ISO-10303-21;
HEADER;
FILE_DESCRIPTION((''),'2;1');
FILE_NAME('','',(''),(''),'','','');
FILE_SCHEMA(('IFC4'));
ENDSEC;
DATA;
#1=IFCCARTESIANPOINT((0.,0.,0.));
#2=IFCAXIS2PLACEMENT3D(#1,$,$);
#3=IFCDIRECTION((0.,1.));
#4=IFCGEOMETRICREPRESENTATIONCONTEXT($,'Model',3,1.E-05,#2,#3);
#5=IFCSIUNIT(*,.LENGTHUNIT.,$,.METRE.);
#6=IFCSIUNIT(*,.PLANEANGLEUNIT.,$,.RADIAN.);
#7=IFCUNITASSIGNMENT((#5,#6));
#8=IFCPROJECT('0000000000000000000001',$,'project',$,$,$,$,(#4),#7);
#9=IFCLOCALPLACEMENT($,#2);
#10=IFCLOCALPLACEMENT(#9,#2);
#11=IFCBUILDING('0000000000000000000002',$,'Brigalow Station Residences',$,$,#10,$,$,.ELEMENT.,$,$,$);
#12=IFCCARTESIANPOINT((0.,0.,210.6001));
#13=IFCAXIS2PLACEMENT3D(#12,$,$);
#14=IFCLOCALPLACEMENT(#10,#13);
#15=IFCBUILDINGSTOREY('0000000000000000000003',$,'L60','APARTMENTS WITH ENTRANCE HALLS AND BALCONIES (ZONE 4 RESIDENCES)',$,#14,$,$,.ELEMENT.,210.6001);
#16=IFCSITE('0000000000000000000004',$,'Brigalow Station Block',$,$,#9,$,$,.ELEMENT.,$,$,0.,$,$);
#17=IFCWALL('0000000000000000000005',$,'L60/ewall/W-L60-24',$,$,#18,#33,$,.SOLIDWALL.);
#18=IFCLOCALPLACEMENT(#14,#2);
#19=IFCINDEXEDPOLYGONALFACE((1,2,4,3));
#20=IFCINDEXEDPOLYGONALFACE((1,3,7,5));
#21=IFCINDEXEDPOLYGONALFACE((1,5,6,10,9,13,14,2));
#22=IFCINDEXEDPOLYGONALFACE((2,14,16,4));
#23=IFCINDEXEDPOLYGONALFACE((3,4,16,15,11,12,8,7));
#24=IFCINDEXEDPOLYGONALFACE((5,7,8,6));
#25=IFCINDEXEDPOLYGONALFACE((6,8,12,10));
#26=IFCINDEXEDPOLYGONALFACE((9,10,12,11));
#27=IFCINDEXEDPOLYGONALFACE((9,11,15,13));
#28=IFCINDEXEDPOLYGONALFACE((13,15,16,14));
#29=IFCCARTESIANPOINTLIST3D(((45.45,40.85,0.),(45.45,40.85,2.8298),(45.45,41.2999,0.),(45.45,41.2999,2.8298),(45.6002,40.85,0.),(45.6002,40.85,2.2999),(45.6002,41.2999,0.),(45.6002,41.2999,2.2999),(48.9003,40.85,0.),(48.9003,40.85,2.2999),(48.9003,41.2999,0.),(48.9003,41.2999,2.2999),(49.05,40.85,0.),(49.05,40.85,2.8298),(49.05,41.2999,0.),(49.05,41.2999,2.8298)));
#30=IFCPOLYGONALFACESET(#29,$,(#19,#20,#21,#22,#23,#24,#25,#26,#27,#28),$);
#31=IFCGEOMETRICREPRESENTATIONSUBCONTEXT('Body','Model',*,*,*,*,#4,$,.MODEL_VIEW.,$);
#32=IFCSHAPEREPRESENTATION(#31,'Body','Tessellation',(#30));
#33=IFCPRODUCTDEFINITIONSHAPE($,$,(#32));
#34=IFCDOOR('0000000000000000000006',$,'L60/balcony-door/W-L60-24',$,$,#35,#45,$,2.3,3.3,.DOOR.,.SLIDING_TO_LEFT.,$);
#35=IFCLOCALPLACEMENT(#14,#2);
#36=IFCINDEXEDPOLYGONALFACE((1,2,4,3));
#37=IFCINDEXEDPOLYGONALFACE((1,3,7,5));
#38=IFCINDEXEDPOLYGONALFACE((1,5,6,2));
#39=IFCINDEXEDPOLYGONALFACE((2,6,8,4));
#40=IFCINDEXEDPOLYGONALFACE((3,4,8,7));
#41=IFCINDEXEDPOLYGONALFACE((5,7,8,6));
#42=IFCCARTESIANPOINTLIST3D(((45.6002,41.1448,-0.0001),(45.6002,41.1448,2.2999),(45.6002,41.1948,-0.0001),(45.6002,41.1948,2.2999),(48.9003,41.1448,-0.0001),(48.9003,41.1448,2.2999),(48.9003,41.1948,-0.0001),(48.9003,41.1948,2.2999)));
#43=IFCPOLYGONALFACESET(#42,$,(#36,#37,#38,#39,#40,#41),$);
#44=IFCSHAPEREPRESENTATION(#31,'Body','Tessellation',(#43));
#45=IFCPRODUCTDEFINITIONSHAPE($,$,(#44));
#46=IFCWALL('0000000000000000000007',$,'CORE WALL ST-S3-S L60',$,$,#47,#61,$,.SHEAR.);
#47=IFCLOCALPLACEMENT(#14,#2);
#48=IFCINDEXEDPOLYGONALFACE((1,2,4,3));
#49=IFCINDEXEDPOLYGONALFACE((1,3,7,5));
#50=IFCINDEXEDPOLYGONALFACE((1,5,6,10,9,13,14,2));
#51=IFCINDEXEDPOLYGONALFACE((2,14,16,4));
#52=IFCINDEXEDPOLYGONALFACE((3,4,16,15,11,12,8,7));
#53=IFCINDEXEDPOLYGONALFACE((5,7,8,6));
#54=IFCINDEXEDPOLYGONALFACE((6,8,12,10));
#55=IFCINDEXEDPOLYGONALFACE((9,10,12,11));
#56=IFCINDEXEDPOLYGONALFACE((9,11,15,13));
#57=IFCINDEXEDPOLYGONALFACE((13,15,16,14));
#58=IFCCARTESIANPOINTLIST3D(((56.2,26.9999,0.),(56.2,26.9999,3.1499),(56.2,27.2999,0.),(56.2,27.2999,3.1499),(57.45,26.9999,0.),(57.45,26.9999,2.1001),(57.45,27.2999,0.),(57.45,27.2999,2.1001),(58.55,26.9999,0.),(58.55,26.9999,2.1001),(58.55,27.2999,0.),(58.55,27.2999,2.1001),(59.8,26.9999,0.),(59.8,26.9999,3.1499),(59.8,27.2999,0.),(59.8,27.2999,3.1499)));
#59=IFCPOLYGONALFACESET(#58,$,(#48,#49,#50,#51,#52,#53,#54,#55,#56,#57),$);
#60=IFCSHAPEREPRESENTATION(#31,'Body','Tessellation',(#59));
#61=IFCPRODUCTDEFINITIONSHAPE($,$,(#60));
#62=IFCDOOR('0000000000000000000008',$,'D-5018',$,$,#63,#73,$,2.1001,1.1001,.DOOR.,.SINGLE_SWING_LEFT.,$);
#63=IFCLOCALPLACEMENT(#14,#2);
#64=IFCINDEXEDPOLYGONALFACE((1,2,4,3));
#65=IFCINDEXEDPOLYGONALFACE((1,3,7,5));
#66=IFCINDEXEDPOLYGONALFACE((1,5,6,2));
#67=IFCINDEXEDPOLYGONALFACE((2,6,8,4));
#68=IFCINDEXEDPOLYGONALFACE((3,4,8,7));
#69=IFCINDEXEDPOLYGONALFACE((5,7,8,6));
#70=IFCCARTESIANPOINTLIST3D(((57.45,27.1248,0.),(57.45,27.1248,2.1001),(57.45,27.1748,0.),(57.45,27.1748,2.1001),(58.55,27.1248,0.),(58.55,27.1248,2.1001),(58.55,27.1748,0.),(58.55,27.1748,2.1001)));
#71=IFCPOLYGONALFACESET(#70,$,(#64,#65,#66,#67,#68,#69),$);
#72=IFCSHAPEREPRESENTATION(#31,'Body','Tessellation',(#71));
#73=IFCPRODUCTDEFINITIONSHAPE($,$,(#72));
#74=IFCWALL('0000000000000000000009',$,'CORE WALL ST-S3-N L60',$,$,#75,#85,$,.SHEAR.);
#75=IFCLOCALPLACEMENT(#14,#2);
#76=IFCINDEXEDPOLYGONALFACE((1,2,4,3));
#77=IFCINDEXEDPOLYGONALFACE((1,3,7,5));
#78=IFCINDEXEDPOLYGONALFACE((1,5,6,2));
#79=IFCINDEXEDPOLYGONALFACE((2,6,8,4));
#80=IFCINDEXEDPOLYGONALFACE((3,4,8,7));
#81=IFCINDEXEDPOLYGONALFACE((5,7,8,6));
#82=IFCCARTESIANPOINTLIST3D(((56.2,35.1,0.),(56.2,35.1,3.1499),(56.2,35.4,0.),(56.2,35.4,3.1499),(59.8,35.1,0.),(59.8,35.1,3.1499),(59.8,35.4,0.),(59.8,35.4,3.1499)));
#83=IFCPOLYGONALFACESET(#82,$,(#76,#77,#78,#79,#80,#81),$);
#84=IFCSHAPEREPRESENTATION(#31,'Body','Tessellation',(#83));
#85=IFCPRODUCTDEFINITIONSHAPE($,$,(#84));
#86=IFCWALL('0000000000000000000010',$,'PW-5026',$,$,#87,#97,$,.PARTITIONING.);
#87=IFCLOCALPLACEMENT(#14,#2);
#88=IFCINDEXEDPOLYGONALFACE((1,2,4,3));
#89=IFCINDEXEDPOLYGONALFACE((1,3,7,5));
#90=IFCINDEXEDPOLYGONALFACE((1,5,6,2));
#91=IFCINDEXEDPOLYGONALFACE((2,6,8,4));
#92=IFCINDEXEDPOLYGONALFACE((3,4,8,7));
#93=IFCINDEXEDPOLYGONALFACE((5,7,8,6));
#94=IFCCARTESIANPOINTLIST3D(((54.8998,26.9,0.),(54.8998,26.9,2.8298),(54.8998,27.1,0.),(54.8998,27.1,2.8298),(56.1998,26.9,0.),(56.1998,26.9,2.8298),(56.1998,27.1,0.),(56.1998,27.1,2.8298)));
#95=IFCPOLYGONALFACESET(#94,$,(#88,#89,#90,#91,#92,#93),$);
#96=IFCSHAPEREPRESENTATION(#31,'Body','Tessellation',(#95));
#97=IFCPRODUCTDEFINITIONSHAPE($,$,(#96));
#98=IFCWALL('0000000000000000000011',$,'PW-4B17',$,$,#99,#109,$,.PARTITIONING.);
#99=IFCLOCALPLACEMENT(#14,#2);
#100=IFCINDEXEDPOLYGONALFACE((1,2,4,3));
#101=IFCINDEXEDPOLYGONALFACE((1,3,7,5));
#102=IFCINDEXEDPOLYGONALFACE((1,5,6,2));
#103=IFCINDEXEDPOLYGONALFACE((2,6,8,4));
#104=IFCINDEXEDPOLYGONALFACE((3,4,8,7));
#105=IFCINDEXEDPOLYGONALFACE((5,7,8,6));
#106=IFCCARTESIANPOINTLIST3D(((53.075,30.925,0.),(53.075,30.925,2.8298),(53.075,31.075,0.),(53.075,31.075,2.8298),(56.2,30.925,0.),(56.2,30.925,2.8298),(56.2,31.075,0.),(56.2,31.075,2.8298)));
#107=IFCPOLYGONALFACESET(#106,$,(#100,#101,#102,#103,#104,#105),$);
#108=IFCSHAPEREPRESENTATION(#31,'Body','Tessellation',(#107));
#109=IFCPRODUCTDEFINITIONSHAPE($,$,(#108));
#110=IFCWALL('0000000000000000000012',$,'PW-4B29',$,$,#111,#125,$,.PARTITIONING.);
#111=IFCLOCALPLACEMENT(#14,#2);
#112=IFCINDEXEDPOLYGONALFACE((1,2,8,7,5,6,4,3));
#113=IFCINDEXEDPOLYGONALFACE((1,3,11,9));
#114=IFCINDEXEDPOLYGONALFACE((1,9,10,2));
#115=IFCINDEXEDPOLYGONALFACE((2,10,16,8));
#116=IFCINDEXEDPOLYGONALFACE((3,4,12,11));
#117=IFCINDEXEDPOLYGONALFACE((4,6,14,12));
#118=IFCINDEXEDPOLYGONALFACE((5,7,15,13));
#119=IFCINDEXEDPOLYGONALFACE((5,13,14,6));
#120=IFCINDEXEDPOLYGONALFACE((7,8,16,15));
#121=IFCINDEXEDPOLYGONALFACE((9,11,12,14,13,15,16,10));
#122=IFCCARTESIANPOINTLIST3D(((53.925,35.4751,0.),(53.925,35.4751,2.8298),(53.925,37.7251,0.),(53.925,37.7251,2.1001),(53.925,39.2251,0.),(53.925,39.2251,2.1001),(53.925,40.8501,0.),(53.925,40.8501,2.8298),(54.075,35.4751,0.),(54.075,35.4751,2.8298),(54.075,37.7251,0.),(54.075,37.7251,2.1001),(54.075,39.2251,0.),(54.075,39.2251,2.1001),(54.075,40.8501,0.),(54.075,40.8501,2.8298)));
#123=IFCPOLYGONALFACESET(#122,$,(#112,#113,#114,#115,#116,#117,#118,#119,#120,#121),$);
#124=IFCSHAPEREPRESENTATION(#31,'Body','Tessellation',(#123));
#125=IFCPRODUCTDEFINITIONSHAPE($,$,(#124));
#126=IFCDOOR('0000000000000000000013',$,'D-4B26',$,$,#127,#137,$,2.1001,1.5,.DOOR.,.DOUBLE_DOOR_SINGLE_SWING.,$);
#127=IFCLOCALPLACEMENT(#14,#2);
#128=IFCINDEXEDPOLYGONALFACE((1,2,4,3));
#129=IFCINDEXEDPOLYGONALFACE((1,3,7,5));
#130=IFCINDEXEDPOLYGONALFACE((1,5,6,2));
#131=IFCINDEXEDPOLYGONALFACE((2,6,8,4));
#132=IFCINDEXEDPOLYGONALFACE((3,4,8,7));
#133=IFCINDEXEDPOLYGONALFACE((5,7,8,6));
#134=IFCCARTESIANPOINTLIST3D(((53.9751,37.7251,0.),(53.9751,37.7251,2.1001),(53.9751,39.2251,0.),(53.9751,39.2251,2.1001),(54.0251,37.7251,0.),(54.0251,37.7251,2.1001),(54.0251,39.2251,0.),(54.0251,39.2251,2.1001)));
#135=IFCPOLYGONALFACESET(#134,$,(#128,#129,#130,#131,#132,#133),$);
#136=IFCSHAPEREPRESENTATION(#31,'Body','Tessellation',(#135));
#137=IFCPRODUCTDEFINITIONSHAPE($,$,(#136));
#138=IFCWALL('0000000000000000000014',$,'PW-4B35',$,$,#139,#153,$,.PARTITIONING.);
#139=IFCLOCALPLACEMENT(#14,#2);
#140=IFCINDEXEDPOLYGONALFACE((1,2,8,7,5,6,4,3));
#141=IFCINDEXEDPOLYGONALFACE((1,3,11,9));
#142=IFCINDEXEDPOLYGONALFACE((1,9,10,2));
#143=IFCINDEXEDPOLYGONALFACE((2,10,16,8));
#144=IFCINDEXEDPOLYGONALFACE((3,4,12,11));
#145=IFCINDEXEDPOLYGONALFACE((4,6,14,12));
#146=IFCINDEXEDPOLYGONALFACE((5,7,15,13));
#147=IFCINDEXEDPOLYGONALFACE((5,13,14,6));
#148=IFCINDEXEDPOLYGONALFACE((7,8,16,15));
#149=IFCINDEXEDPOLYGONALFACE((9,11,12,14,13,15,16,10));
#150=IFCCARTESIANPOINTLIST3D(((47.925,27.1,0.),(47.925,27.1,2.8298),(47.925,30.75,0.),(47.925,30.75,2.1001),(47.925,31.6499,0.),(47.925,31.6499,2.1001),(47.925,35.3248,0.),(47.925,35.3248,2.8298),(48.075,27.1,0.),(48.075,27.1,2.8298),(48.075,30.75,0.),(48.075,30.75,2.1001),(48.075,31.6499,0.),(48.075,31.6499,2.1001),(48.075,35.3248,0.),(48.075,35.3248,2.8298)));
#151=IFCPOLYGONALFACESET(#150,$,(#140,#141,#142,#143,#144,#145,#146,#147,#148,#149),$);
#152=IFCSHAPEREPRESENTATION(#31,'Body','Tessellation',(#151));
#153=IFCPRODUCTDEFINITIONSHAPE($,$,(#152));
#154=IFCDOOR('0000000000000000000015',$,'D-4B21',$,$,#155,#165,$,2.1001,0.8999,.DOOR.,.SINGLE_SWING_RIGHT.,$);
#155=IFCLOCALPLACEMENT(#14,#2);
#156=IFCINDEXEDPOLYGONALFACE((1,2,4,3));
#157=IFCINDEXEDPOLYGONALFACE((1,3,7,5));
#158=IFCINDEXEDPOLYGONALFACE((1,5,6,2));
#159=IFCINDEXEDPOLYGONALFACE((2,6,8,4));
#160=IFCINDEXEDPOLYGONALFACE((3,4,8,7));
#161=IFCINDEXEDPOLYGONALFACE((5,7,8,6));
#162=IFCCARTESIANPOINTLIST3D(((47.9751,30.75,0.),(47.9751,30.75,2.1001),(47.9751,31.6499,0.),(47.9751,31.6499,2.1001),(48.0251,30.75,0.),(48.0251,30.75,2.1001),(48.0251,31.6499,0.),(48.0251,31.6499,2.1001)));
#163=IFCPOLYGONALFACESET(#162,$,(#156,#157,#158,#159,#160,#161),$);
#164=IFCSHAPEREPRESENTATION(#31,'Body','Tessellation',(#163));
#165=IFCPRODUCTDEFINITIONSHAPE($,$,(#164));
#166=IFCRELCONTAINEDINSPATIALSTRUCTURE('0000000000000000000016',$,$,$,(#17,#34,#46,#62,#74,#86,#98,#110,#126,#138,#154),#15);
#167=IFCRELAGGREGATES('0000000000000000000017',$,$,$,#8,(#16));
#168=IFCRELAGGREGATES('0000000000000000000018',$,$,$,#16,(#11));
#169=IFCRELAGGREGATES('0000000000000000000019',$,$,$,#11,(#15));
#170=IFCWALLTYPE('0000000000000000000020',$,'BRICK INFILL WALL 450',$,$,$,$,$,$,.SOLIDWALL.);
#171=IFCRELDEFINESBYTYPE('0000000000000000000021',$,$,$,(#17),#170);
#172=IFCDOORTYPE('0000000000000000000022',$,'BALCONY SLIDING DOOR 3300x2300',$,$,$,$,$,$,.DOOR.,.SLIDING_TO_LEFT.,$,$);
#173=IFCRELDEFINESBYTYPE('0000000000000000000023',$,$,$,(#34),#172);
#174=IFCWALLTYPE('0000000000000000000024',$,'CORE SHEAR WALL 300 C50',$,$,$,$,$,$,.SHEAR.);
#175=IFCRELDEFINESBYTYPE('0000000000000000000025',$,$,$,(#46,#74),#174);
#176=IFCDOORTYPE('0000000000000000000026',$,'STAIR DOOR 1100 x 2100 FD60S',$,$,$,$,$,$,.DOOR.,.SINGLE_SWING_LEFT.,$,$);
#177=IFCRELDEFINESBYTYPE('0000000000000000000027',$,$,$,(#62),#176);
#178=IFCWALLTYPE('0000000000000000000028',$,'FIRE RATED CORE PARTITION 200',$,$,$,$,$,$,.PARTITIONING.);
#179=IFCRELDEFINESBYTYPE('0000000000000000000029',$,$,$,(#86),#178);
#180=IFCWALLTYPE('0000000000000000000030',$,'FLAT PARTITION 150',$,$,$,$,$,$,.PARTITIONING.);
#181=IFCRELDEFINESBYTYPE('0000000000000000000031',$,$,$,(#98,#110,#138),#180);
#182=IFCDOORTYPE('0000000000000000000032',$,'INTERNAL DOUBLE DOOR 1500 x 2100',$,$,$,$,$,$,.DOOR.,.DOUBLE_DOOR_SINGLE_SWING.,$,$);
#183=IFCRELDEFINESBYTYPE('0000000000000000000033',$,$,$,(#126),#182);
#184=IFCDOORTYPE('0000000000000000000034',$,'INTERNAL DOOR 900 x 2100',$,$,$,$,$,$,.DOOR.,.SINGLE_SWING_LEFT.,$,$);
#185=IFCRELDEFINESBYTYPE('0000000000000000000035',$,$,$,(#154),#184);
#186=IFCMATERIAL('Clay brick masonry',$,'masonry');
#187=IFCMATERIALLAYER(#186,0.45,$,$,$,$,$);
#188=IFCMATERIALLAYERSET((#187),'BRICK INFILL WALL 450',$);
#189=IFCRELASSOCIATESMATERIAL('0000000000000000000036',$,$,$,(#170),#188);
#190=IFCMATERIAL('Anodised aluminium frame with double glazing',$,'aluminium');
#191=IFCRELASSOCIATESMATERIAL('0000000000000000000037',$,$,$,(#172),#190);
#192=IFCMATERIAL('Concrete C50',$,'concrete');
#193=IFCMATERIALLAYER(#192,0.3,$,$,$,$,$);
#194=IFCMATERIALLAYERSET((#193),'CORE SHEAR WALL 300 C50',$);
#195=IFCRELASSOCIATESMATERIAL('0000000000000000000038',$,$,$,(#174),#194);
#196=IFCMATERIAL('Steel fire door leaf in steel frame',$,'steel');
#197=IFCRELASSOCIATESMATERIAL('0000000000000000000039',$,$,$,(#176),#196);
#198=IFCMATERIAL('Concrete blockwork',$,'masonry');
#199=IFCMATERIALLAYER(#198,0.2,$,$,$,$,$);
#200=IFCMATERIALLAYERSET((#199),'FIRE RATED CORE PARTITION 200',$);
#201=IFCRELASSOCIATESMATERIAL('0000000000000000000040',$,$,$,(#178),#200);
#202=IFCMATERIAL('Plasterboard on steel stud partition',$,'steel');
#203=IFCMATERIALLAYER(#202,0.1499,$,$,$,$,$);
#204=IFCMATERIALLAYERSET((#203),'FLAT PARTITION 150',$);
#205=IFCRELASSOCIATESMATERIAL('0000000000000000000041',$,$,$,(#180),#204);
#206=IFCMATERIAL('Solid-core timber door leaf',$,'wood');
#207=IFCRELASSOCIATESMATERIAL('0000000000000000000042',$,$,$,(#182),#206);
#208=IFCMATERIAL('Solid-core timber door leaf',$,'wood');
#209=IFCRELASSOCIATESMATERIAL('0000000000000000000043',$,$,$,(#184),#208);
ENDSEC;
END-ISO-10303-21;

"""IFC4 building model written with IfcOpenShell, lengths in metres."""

from ifc_helpers import new_model, si_unit, direction, frame, frame_2d, origin, place, context, subcontext, project, spatial, rectangle, extrude, material, layer, layer_set, type_object, element, fill, save


model = new_model("IFC4")

# Units and contexts
model_context = context("Model", 3, precision=1e-05, world=origin(), true_north=direction((0.0, 1.0)))
body_context = subcontext(model_context, "Body", "Model", "MODEL_VIEW")
ifc_project = project(units=[si_unit("LENGTHUNIT", "METRE"), si_unit("PLANEANGLEUNIT", "RADIAN")], contexts=[model_context])

# Site, building, storey
site_placement = place(None, origin())
site = spatial("IfcSite", under=ifc_project, at=site_placement, Name="Brigalow Station Block", CompositionType="ELEMENT", RefElevation=0.0)
building_placement = place(site_placement, origin())
building = spatial("IfcBuilding", under=site, at=building_placement, Name="Brigalow Station Residences", CompositionType="ELEMENT")
storey_placement = place(building_placement, frame((0.0, 0.0, 210.6001)))
storey = spatial("IfcBuildingStorey", under=building, at=storey_placement, Name="L60", Description="APARTMENTS WITH ENTRANCE HALLS AND BALCONIES (ZONE 4 RESIDENCES)", CompositionType="ELEMENT", Elevation=210.6001)

# Walls, openings, doors
ifc_material_1 = material(Name="Clay brick masonry", Category="masonry")
ifc_layer_1 = layer(ifc_material_1, 0.45)
ifc_layer_set_1 = layer_set([ifc_layer_1], Name="BRICK INFILL WALL 450")
wall_type_1 = type_object("IfcWallType", Name="BRICK INFILL WALL 450", PredefinedType="SOLIDWALL", material=ifc_layer_set_1)
ifc_material_2 = material(Name="Anodised aluminium frame with double glazing", Category="aluminium")
door_type_1 = type_object("IfcDoorType", Name="BALCONY SLIDING DOOR 3300x2300", OperationType="SLIDING_TO_LEFT", PredefinedType="DOOR", material=ifc_material_2)
wall_1_placement = place(storey_placement, frame((49.05, 41.075, 0.0), z_axis=(0.0, 0.0, 1.0), x_axis=(-1.0, 0.0, 0.0)))
wall_1 = element("IfcWall", 1, at=wall_1_placement, inside=storey, type_object=wall_type_1, Name="L60/ewall/W-L60-24", PredefinedType="SOLIDWALL", context=body_context, shape_type="SweptSolid", body=[
    extrude(rectangle(XDim=3.6001, YDim=0.45, at=frame_2d((1.8, 0.0))), origin(), (0.0, 0.0, 1.0), 2.8298),
])
opening_1_placement = place(wall_1_placement, frame((0.1499, 0.0, 0.0)))
opening_1 = element("IfcOpeningElement", 2, at=opening_1_placement, cuts=wall_1, PredefinedType="OPENING", context=body_context, shape_type="SweptSolid", body=[
    extrude(rectangle(XDim=3.3, YDim=2.3, at=frame_2d((1.6499, 1.1499))), frame((0.0, 0.2349, 0.0), z_axis=(0.0, -1.0, 0.0), x_axis=(1.0, 0.0, 0.0)), (0.0, 0.0, 1.0), 0.47),
])
door_1_placement = place(opening_1_placement, origin())
door_1 = element("IfcDoor", 3, at=door_1_placement, inside=storey, type_object=door_type_1, Name="L60/balcony-door/W-L60-24", OperationType="SLIDING_TO_LEFT", OverallHeight=2.3, OverallWidth=3.3, PredefinedType="DOOR", context=body_context, shape_type="SweptSolid", body=[
    extrude(rectangle(XDim=3.3, YDim=2.3, at=frame_2d((1.6499, 1.1499))), frame((0.0, -0.0698, 0.0), z_axis=(0.0, -1.0, 0.0), x_axis=(1.0, 0.0, 0.0)), (0.0, 0.0, 1.0), 0.05),
])
fill(opening_1, door_1)
ifc_material_3 = material(Name="Concrete C50", Category="concrete")
ifc_layer_2 = layer(ifc_material_3, 0.3)
ifc_layer_set_2 = layer_set([ifc_layer_2], Name="CORE SHEAR WALL 300 C50")
wall_type_2 = type_object("IfcWallType", Name="CORE SHEAR WALL 300 C50", PredefinedType="SHEAR", material=ifc_layer_set_2)
wall_2_placement = place(storey_placement, frame((56.2, 27.1499, 0.0), z_axis=(0.0, 0.0, 1.0), x_axis=(1.0, 0.0, 0.0)))
wall_2 = element("IfcWall", 4, at=wall_2_placement, inside=storey, type_object=wall_type_2, Name="CORE WALL ST-S3-S L60", PredefinedType="SHEAR", context=body_context, shape_type="SweptSolid", body=[
    extrude(rectangle(XDim=3.6001, YDim=0.3, at=frame_2d((1.8, 0.0))), origin(), (0.0, 0.0, 1.0), 3.1499),
])
opening_2_placement = place(wall_2_placement, frame((1.25, 0.0, 0.0)))
opening_2 = element("IfcOpeningElement", 5, at=opening_2_placement, cuts=wall_2, PredefinedType="OPENING", context=body_context, shape_type="SweptSolid", body=[
    extrude(rectangle(XDim=1.1001, YDim=2.1001, at=frame_2d((0.55, 1.05))), frame((0.0, 0.1602, 0.0), z_axis=(0.0, -1.0, 0.0), x_axis=(1.0, 0.0, 0.0)), (0.0, 0.0, 1.0), 0.3201),
])
ifc_material_4 = material(Name="Steel fire door leaf in steel frame", Category="steel")
door_type_2 = type_object("IfcDoorType", Name="STAIR DOOR 1100 x 2100 FD60S", OperationType="SINGLE_SWING_LEFT", PredefinedType="DOOR", material=ifc_material_4)
door_2_placement = place(opening_2_placement, origin())
door_2 = element("IfcDoor", 6, at=door_2_placement, inside=storey, type_object=door_type_2, Name="D-5018", OperationType="SINGLE_SWING_LEFT", OverallHeight=2.1001, OverallWidth=1.1001, PredefinedType="DOOR", context=body_context, shape_type="SweptSolid", body=[
    extrude(rectangle(XDim=1.1001, YDim=2.1001, at=frame_2d((0.55, 1.05))), frame((0.0, 0.0249, 0.0), z_axis=(0.0, -1.0, 0.0), x_axis=(1.0, 0.0, 0.0)), (0.0, 0.0, 1.0), 0.05),
])
fill(opening_2, door_2)

# Walls
wall_3_placement = place(storey_placement, frame((56.2, 35.25, 0.0), z_axis=(0.0, 0.0, 1.0), x_axis=(1.0, 0.0, 0.0)))
element("IfcWall", 7, at=wall_3_placement, inside=storey, type_object=wall_type_2, Name="CORE WALL ST-S3-N L60", PredefinedType="SHEAR", context=body_context, shape_type="SweptSolid", body=[
    extrude(rectangle(XDim=3.6001, YDim=0.3, at=frame_2d((1.8, 0.0))), origin(), (0.0, 0.0, 1.0), 3.1499),
])
ifc_material_5 = material(Name="Concrete blockwork", Category="masonry")
ifc_layer_3 = layer(ifc_material_5, 0.2)
ifc_layer_set_3 = layer_set([ifc_layer_3], Name="FIRE RATED CORE PARTITION 200")
wall_type_3 = type_object("IfcWallType", Name="FIRE RATED CORE PARTITION 200", PredefinedType="PARTITIONING", material=ifc_layer_set_3)
wall_4_placement = place(storey_placement, frame((54.8999, 27.0, 0.0), z_axis=(0.0, 0.0, 1.0), x_axis=(1.0, 0.0, 0.0)))
element("IfcWall", 8, at=wall_4_placement, inside=storey, type_object=wall_type_3, Name="PW-5026", PredefinedType="PARTITIONING", context=body_context, shape_type="SweptSolid", body=[
    extrude(rectangle(XDim=1.3, YDim=0.2, at=frame_2d((0.6499, 0.0))), origin(), (0.0, 0.0, 1.0), 2.8298),
])
ifc_material_6 = material(Name="Plasterboard on steel stud partition", Category="steel")
ifc_layer_4 = layer(ifc_material_6, 0.1499)
ifc_layer_set_4 = layer_set([ifc_layer_4], Name="FLAT PARTITION 150")
wall_type_4 = type_object("IfcWallType", Name="FLAT PARTITION 150", PredefinedType="PARTITIONING", material=ifc_layer_set_4)
wall_5_placement = place(storey_placement, frame((53.075, 31.0, 0.0), z_axis=(0.0, 0.0, 1.0), x_axis=(1.0, 0.0, 0.0)))
element("IfcWall", 9, at=wall_5_placement, inside=storey, type_object=wall_type_4, Name="PW-4B17", PredefinedType="PARTITIONING", context=body_context, shape_type="SweptSolid", body=[
    extrude(rectangle(XDim=3.125, YDim=0.1499, at=frame_2d((1.5625, 0.0))), origin(), (0.0, 0.0, 1.0), 2.8298),
])

# Walls, openings, doors
wall_6_placement = place(storey_placement, frame((54.0, 35.4751, 0.0), z_axis=(0.0, 0.0, 1.0), x_axis=(0.0, 1.0, 0.0)))
wall_6 = element("IfcWall", 10, at=wall_6_placement, inside=storey, type_object=wall_type_4, Name="PW-4B29", PredefinedType="PARTITIONING", context=body_context, shape_type="SweptSolid", body=[
    extrude(rectangle(XDim=5.375, YDim=0.1499, at=frame_2d((2.6875, 0.0))), origin(), (0.0, 0.0, 1.0), 2.8298),
])
opening_3_placement = place(wall_6_placement, frame((2.25, 0.0, 0.0)))
opening_3 = element("IfcOpeningElement", 11, at=opening_3_placement, cuts=wall_6, PredefinedType="OPENING", context=body_context, shape_type="SweptSolid", body=[
    extrude(rectangle(XDim=1.5, YDim=2.1001, at=frame_2d((0.75, 1.05))), frame((0.0, 0.085, 0.0), z_axis=(0.0, -1.0, 0.0), x_axis=(1.0, 0.0, 0.0)), (0.0, 0.0, 1.0), 0.1699),
])
ifc_material_7 = material(Name="Solid-core timber door leaf", Category="wood")
door_type_3 = type_object("IfcDoorType", Name="INTERNAL DOUBLE DOOR 1500 x 2100", OperationType="DOUBLE_DOOR_SINGLE_SWING", PredefinedType="DOOR", material=ifc_material_7)
door_3_placement = place(opening_3_placement, origin())
door_3 = element("IfcDoor", 12, at=door_3_placement, inside=storey, type_object=door_type_3, Name="D-4B26", OperationType="DOUBLE_DOOR_SINGLE_SWING", OverallHeight=2.1001, OverallWidth=1.5, PredefinedType="DOOR", context=body_context, shape_type="SweptSolid", body=[
    extrude(rectangle(XDim=1.5, YDim=2.1001, at=frame_2d((0.75, 1.05))), frame((0.0, 0.0249, 0.0), z_axis=(0.0, -1.0, 0.0), x_axis=(1.0, 0.0, 0.0)), (0.0, 0.0, 1.0), 0.05),
])
fill(opening_3, door_3)
wall_7_placement = place(storey_placement, frame((48.0, 27.1001, 0.0), z_axis=(0.0, 0.0, 1.0), x_axis=(0.0, 1.0, 0.0)))
wall_7 = element("IfcWall", 13, at=wall_7_placement, inside=storey, type_object=wall_type_4, Name="PW-4B35", PredefinedType="PARTITIONING", context=body_context, shape_type="SweptSolid", body=[
    extrude(rectangle(XDim=8.2249, YDim=0.1499, at=frame_2d((4.1123, 0.0))), origin(), (0.0, 0.0, 1.0), 2.8298),
])
opening_4_placement = place(wall_7_placement, frame((3.6499, 0.0, 0.0)))
opening_4 = element("IfcOpeningElement", 14, at=opening_4_placement, cuts=wall_7, PredefinedType="OPENING", context=body_context, shape_type="SweptSolid", body=[
    extrude(rectangle(XDim=0.8999, YDim=2.1001, at=frame_2d((0.45, 1.05))), frame((0.0, 0.085, 0.0), z_axis=(0.0, -1.0, 0.0), x_axis=(1.0, 0.0, 0.0)), (0.0, 0.0, 1.0), 0.1699),
])
ifc_material_8 = material(Name="Solid-core timber door leaf", Category="wood")
door_type_4 = type_object("IfcDoorType", Name="INTERNAL DOOR 900 x 2100", OperationType="SINGLE_SWING_LEFT", PredefinedType="DOOR", material=ifc_material_8)
door_4_placement = place(opening_4_placement, origin())
door_4 = element("IfcDoor", 15, at=door_4_placement, inside=storey, type_object=door_type_4, Name="D-4B21", OperationType="SINGLE_SWING_RIGHT", OverallHeight=2.1001, OverallWidth=0.8999, PredefinedType="DOOR", context=body_context, shape_type="SweptSolid", body=[
    extrude(rectangle(XDim=0.8999, YDim=2.1001, at=frame_2d((0.45, 1.05))), frame((0.0, 0.0249, 0.0), z_axis=(0.0, -1.0, 0.0), x_axis=(1.0, 0.0, 0.0)), (0.0, 0.0, 1.0), 0.05),
])
fill(opening_4, door_4)

save(model, "model.ifc")
